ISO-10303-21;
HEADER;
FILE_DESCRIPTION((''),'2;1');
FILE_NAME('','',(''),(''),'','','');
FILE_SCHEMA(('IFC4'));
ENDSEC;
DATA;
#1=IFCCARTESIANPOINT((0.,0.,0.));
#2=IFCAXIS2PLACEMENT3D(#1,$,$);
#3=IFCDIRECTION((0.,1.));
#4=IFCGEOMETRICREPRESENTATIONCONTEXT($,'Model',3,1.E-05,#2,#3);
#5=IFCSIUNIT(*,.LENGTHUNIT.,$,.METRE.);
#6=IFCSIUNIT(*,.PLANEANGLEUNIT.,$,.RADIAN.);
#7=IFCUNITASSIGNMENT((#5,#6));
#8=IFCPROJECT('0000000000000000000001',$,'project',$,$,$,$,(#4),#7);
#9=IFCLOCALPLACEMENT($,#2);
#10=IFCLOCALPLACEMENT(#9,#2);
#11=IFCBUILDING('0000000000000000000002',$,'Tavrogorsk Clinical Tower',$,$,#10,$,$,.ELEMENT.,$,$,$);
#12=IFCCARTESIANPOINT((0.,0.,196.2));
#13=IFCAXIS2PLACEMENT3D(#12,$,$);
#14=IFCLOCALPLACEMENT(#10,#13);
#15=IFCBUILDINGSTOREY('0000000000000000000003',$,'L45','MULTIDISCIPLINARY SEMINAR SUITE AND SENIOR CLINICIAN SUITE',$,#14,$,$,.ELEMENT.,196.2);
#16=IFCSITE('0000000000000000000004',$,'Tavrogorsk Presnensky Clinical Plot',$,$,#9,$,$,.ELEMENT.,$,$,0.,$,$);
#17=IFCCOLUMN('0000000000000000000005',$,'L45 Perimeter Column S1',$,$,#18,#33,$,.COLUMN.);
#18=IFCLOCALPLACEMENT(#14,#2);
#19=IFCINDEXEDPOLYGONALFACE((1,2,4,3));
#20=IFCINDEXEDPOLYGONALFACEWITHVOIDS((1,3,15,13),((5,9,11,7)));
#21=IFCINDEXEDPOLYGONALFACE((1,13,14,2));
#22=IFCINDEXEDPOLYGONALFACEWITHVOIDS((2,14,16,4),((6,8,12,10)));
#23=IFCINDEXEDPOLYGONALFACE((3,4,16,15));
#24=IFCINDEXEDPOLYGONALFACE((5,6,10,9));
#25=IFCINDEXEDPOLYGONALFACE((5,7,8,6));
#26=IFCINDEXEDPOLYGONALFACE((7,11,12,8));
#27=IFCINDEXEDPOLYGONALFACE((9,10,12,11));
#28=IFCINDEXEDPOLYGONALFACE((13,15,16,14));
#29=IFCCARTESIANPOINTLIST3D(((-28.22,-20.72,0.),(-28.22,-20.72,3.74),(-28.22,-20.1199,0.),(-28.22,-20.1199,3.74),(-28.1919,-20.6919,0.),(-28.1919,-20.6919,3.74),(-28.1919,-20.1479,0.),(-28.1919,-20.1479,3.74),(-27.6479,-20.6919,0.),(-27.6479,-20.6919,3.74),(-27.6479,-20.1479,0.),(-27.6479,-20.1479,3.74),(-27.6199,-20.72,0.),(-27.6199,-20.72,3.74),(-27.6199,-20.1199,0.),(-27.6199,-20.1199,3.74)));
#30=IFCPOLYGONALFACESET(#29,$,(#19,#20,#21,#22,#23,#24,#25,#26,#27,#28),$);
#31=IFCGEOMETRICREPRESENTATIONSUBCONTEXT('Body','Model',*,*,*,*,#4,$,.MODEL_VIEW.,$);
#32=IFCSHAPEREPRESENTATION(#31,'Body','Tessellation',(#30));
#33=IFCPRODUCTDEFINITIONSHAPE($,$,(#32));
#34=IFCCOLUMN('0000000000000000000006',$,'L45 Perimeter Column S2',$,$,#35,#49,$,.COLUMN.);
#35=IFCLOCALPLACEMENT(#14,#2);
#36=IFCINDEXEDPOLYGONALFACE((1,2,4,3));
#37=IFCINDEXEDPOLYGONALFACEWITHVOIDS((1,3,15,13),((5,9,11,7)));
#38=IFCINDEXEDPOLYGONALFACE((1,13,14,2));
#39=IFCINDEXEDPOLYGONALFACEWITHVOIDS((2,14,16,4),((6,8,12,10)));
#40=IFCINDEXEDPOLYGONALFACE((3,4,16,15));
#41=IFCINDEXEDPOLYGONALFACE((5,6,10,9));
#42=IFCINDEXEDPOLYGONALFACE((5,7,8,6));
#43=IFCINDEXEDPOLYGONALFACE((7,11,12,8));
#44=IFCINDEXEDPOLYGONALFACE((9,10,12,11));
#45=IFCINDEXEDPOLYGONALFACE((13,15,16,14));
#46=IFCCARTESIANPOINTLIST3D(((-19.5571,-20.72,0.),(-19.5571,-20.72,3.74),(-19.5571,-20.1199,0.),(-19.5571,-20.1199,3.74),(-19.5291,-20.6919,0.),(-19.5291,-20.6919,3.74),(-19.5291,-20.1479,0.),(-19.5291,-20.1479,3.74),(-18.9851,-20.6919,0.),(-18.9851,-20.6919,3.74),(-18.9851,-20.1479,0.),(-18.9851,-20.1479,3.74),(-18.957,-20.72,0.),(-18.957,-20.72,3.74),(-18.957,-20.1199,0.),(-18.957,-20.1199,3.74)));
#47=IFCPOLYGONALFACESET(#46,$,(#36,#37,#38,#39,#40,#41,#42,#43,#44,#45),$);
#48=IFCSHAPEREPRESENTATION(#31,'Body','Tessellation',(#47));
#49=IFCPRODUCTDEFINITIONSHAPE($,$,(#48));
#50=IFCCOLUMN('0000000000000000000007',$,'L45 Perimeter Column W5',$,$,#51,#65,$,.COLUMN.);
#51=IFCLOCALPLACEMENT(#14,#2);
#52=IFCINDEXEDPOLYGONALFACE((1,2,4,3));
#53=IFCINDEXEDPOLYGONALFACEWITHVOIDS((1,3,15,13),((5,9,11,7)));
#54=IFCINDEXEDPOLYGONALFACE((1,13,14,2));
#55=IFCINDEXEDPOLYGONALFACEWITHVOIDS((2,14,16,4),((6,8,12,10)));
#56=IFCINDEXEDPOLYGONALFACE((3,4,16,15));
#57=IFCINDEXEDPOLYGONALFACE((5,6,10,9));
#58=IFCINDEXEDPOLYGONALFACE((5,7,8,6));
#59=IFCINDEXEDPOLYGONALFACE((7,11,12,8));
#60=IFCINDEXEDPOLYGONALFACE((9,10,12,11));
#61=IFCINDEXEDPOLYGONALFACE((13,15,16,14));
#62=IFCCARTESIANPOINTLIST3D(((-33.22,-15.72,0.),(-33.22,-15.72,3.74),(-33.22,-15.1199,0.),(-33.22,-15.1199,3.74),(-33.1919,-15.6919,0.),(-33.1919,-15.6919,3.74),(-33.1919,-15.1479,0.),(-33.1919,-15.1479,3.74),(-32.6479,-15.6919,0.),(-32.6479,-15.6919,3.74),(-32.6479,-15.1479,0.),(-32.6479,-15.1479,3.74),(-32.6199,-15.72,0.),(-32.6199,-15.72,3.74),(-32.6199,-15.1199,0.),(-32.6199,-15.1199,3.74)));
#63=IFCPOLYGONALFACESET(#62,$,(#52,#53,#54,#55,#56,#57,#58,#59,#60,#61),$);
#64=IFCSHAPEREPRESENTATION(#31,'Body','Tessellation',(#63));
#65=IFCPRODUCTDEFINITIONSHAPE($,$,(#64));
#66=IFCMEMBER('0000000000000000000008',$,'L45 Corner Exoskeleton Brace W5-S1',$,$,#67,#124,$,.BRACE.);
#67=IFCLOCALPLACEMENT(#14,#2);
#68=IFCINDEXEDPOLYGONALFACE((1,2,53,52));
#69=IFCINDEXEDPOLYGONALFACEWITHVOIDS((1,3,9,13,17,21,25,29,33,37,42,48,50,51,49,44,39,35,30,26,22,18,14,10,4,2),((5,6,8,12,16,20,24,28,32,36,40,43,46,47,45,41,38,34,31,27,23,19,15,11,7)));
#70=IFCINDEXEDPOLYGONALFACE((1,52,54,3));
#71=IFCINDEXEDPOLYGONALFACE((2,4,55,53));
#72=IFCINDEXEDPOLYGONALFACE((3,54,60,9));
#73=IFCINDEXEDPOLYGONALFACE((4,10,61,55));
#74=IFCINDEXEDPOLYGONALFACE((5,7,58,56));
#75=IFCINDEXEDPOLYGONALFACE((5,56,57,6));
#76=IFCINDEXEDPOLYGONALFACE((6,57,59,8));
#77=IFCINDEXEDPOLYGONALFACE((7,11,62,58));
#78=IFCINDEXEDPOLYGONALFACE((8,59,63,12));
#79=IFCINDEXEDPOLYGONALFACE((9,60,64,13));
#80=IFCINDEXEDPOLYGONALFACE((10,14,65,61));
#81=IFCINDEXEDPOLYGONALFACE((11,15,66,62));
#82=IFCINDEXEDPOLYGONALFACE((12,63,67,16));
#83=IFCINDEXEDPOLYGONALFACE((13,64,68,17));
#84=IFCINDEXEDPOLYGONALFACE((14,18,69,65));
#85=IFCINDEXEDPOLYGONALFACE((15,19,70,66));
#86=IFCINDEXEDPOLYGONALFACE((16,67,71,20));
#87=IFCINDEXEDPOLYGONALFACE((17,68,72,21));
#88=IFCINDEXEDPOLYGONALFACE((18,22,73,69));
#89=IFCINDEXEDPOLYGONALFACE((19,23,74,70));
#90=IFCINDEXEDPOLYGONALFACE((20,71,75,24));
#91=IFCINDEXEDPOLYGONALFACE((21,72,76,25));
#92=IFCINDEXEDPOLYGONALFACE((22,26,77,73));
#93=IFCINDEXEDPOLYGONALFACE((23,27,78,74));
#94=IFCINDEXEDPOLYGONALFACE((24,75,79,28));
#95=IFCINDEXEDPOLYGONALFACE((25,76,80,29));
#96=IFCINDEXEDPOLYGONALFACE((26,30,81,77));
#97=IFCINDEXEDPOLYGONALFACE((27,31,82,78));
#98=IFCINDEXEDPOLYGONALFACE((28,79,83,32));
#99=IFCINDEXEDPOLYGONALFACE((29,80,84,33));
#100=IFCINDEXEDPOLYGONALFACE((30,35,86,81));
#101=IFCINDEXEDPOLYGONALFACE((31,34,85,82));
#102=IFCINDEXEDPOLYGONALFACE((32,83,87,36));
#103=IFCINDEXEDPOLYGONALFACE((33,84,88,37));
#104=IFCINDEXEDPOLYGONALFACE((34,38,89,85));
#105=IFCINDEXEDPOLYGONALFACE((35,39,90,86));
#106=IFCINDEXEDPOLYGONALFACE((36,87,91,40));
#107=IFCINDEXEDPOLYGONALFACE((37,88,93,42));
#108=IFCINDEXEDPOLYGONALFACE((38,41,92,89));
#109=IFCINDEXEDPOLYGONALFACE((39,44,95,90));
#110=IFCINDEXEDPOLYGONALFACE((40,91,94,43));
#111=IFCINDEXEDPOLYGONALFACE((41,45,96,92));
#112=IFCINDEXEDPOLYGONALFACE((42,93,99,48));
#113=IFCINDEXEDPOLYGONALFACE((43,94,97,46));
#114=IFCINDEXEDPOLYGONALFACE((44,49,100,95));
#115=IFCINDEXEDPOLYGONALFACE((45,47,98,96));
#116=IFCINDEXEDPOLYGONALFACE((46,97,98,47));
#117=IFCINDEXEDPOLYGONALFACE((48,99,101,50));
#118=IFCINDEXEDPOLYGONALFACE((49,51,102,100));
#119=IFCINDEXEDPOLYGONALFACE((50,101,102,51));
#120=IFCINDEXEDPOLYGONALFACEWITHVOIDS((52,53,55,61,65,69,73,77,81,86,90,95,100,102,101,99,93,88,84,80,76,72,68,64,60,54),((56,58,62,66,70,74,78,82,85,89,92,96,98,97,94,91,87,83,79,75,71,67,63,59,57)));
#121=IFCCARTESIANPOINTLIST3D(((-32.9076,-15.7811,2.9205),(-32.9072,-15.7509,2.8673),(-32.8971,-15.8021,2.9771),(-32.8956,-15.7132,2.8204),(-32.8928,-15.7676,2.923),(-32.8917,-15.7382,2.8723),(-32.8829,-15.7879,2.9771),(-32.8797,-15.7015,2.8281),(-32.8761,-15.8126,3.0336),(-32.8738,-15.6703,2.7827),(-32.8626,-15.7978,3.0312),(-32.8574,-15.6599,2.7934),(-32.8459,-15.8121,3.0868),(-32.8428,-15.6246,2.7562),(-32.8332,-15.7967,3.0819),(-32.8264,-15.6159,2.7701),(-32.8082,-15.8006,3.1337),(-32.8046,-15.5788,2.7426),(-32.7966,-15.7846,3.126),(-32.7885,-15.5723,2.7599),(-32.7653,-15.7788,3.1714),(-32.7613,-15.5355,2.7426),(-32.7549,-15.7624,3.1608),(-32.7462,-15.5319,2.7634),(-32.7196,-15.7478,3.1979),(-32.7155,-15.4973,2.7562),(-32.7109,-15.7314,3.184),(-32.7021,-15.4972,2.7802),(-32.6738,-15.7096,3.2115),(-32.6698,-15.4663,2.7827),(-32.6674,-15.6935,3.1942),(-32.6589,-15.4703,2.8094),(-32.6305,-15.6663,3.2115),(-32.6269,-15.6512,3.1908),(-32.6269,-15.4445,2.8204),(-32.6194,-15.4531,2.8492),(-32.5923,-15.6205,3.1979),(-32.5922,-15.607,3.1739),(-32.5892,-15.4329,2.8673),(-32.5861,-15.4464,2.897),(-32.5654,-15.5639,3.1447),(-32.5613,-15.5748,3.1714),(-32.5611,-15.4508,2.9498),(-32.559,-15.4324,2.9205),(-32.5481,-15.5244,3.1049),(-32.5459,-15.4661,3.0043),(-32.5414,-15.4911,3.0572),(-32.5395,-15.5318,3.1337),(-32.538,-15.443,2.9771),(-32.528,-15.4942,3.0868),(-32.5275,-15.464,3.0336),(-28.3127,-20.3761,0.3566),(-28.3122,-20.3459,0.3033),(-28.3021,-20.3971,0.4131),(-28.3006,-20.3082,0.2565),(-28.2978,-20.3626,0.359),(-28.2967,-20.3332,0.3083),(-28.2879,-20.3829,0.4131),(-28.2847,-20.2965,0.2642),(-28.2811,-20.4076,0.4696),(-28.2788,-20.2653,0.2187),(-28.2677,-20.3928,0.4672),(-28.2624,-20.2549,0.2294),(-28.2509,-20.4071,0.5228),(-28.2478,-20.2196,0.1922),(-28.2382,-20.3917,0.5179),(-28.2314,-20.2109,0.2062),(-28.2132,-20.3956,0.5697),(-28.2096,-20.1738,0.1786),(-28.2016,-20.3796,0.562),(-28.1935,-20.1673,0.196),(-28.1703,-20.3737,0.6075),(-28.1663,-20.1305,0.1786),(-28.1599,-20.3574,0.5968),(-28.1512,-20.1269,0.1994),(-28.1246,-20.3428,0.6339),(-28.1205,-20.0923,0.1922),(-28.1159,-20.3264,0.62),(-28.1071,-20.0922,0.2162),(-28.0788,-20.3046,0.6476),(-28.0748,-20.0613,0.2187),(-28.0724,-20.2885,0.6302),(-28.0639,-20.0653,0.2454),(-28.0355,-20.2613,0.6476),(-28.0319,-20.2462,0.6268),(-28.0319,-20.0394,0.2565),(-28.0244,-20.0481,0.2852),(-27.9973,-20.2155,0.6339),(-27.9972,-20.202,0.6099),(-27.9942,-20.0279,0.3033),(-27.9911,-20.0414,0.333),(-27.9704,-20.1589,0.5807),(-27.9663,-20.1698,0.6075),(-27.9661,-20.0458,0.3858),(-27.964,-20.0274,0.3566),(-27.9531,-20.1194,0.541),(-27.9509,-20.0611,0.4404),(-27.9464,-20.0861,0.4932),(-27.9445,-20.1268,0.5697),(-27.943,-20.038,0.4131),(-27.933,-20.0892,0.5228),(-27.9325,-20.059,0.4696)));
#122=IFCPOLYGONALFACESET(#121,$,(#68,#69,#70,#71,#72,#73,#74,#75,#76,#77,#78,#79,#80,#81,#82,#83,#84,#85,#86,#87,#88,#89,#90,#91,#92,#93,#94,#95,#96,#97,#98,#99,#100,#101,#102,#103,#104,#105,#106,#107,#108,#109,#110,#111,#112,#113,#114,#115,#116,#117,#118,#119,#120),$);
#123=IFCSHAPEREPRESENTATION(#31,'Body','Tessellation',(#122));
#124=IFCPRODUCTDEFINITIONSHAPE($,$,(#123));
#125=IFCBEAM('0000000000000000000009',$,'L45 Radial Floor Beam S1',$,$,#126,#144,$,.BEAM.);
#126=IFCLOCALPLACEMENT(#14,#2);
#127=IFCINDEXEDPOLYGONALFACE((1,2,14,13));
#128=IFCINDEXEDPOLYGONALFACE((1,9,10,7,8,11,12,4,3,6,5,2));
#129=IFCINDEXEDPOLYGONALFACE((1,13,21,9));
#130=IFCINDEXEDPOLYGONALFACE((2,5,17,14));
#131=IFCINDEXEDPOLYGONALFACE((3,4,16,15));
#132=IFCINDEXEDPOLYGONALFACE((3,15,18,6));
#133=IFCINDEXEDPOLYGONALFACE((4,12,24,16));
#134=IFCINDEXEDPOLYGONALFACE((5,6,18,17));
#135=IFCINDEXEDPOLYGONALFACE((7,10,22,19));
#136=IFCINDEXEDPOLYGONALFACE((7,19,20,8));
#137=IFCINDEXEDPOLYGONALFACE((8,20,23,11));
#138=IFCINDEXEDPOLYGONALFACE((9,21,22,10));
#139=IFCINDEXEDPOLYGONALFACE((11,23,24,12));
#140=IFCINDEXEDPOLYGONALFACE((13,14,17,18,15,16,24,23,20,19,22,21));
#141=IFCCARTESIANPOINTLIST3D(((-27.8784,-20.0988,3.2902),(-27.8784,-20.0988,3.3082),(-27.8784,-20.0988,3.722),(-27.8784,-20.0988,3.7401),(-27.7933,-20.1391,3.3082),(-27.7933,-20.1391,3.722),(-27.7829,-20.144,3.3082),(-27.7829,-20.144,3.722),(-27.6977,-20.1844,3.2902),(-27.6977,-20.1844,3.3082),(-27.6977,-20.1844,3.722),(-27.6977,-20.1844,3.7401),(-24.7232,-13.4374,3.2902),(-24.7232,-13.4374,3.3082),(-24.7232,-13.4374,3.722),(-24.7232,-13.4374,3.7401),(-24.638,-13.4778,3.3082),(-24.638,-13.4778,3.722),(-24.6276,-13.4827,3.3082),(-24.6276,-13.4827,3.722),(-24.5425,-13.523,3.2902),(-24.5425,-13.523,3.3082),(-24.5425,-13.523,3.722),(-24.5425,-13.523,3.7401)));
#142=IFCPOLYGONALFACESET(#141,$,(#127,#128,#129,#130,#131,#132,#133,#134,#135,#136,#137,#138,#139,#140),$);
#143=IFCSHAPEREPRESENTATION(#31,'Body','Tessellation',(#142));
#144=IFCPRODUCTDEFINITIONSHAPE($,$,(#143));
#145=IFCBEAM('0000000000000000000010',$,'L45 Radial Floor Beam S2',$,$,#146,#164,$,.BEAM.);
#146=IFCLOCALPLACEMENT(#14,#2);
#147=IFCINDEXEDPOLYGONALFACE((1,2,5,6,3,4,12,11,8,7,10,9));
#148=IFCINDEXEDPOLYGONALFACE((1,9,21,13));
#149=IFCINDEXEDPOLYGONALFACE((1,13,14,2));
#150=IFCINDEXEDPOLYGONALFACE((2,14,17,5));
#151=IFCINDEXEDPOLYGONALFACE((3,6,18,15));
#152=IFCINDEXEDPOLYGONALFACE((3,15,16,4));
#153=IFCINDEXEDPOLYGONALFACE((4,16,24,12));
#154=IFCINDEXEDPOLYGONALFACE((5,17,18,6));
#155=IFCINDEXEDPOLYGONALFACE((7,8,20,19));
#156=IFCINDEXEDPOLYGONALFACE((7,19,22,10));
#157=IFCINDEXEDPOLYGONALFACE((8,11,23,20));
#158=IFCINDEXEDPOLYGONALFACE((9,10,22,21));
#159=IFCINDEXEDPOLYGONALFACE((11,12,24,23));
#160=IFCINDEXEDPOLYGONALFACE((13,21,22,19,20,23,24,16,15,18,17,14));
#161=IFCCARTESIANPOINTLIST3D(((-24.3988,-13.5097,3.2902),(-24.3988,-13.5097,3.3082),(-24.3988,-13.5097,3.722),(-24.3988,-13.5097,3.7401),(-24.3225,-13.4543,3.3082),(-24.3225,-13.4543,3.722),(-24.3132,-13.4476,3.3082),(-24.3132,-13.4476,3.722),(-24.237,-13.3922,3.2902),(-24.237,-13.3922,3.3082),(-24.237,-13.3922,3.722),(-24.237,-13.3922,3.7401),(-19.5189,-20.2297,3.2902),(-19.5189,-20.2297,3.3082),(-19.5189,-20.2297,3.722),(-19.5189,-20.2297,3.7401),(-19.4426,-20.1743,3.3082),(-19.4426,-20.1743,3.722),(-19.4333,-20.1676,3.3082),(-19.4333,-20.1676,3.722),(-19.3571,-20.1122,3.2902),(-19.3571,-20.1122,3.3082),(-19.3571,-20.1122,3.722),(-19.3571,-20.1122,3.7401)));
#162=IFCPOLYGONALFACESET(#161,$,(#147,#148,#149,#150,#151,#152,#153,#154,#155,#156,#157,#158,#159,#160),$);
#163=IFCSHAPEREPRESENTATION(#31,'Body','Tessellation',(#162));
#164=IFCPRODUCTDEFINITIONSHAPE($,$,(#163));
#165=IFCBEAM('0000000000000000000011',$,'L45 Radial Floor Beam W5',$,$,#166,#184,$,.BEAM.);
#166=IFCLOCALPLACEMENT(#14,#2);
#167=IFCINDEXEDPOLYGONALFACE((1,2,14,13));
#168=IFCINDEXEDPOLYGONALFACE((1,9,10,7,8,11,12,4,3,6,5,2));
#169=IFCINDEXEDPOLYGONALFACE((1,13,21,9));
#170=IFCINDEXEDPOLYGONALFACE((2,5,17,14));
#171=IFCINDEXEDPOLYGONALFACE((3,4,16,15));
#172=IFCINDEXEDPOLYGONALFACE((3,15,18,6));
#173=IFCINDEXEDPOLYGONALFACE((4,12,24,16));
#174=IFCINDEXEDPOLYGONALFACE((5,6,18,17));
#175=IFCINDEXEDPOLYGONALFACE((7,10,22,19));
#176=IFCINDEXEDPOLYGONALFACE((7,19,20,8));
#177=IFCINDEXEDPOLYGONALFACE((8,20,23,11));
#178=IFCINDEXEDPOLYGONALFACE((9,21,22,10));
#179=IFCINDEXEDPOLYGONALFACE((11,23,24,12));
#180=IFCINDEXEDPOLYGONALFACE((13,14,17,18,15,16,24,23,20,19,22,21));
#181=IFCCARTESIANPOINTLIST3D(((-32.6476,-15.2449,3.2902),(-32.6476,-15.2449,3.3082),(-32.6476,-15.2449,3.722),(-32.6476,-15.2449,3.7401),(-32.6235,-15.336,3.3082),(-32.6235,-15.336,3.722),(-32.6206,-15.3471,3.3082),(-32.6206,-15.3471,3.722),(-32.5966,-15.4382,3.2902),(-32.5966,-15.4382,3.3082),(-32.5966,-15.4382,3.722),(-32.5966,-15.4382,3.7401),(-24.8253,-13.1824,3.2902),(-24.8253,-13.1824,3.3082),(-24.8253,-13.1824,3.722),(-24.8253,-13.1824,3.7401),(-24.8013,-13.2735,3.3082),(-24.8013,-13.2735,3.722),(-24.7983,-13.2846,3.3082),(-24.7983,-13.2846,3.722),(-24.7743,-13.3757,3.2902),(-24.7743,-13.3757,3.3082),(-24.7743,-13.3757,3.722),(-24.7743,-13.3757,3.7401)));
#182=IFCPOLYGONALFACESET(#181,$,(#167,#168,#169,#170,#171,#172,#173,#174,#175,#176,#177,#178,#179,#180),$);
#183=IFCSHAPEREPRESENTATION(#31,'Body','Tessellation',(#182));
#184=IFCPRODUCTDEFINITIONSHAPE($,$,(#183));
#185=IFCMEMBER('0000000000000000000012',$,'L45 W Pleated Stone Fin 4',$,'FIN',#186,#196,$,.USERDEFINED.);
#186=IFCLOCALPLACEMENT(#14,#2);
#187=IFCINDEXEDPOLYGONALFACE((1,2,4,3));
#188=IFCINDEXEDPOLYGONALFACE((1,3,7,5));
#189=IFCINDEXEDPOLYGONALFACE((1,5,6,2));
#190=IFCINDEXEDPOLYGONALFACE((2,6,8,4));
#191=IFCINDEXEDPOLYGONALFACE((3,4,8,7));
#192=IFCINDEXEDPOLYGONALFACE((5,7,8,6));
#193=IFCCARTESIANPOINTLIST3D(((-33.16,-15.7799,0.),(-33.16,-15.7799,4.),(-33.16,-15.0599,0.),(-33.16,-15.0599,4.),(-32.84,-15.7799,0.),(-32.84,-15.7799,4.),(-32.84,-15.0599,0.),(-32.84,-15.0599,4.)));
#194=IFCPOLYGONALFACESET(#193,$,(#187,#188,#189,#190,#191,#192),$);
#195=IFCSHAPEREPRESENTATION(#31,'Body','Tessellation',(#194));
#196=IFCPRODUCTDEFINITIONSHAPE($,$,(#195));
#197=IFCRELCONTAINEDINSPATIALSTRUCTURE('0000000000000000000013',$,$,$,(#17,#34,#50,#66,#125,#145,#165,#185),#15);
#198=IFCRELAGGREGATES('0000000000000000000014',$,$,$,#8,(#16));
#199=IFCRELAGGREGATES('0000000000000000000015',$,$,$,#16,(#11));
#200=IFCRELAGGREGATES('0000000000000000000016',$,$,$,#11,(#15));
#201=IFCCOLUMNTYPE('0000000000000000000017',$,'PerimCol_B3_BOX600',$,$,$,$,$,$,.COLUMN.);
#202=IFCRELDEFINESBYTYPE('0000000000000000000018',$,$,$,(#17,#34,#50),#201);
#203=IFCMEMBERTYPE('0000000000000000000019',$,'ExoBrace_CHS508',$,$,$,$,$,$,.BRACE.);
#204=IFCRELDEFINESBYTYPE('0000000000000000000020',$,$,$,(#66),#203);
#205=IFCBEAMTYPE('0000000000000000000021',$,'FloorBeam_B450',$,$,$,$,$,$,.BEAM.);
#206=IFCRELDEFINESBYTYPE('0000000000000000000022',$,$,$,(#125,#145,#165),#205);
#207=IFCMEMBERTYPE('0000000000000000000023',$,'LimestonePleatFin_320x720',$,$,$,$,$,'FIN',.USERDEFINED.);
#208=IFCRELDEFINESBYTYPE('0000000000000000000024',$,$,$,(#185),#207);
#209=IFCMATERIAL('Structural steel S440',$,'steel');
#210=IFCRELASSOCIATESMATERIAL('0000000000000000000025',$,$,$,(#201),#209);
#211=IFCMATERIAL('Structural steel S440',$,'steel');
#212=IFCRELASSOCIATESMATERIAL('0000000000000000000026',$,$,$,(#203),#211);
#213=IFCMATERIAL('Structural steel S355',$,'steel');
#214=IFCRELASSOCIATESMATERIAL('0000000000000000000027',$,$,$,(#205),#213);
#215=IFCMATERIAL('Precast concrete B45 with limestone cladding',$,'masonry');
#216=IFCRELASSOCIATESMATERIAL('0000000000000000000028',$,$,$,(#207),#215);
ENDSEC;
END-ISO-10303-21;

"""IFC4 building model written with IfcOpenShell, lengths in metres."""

from ifc_helpers import new_model, si_unit, direction, frame, origin, origin_2d, place, context, subcontext, project, spatial, rectangle, hollow_rectangle, hollow_circle, i_section, extrude, material, material_profile, profile_set, type_object, element, save


model = new_model("IFC4")

# Units and contexts
model_context = context("Model", 3, precision=1e-05, world=origin(), true_north=direction((0.0, 1.0)))
body_context = subcontext(model_context, "Body", "Model", "MODEL_VIEW")
ifc_project = project(units=[si_unit("LENGTHUNIT", "METRE"), si_unit("PLANEANGLEUNIT", "RADIAN")], contexts=[model_context])

# Site, building, storey
site_placement = place(None, origin())
site = spatial("IfcSite", under=ifc_project, at=site_placement, Name="Tavrogorsk Presnensky Clinical Plot", CompositionType="ELEMENT", RefElevation=0.0)
building_placement = place(site_placement, origin())
building = spatial("IfcBuilding", under=site, at=building_placement, Name="Tavrogorsk Clinical Tower", CompositionType="ELEMENT")
storey_placement = place(building_placement, frame((0.0, 0.0, 196.2)))
storey = spatial("IfcBuildingStorey", under=building, at=storey_placement, Name="L45", Description="MULTIDISCIPLINARY SEMINAR SUITE AND SENIOR CLINICIAN SUITE", CompositionType="ELEMENT", Elevation=196.2)

# Columns
ifc_material_1 = material(Name="Structural steel S440", Category="steel")
ifc_material_profile_1 = material_profile(ifc_material_1, hollow_rectangle(XDim=0.6001, YDim=0.6001, WallThickness=0.0281, at=origin_2d()), Name="BOX-600x600x28")
ifc_profile_set_1 = profile_set([ifc_material_profile_1], Name="Structural steel S440")
column_type = type_object("IfcColumnType", Name="PerimCol_B3_BOX600", PredefinedType="COLUMN", material=ifc_profile_set_1)
for number, where, z_axis, x_axis, name in (
    (1, (-27.9199, -20.4199, 0.0), (0.0, 0.0, 1.0), (1.0, 0.0, 0.0), "L45 Perimeter Column S1"),
    (2, (-19.2571, -20.4199, 0.0), (0.0, 0.0, 1.0), (1.0, 0.0, 0.0), "L45 Perimeter Column S2"),
    (3, (-32.9199, -15.4199, 0.0), (0.0, 0.0, 1.0), (1.0, 0.0, 0.0), "L45 Perimeter Column W5"),
):
    element("IfcColumn", number, at=place(storey_placement, frame(where, z_axis=z_axis, x_axis=x_axis)), inside=storey, type_object=column_type, Name=name, PredefinedType="COLUMN", context=body_context, shape_type="SweptSolid", body=[
        extrude(hollow_rectangle(XDim=0.6001, YDim=0.6001, WallThickness=0.0281, at=origin_2d()), origin(), (0.0, 0.0, 1.0), 3.74),
    ])

# Member
ifc_material_2 = material(Name="Structural steel S440", Category="steel")
ifc_material_profile_2 = material_profile(ifc_material_2, hollow_circle(Radius=0.2539, WallThickness=0.02, at=origin_2d()), Name="CHS-508x20")
ifc_profile_set_2 = profile_set([ifc_material_profile_2], Name="Structural steel S440")
member_type_1 = type_object("IfcMemberType", Name="ExoBrace_CHS508", PredefinedType="BRACE", material=ifc_profile_set_2)
member_1_placement = place(storey_placement, frame((-28.1226, -20.2175, 0.4131), z_axis=(-0.657759, 0.657759, 0.367025), x_axis=(-0.707107, -0.707107, 0.0)))
element("IfcMember", 4, at=member_1_placement, inside=storey, type_object=member_type_1, Name="L45 Corner Exoskeleton Brace W5-S1", PredefinedType="BRACE", context=body_context, shape_type="SweptSolid", body=[
    extrude(hollow_circle(Radius=0.2539, WallThickness=0.02, at=origin_2d()), origin(), (0.0, 0.0, 1.0), 6.9858),
])

# Beams
ifc_material_3 = material(Name="Structural steel S355", Category="steel")
ifc_material_profile_3 = material_profile(ifc_material_3, i_section(OverallWidth=0.2, OverallDepth=0.45, WebThickness=0.0115, FlangeThickness=0.0181, at=origin_2d()), Name="B-450x200x11.5x18")
ifc_profile_set_3 = profile_set([ifc_material_profile_3], Name="Structural steel S355")
beam_type_1 = type_object("IfcBeamType", Name="FloorBeam_B450", PredefinedType="BEAM", material=ifc_profile_set_3)
beam_1_placement = place(storey_placement, frame((-24.6328, -13.4802, 3.5151), z_axis=(-0.428074, -0.903744, 0.0), x_axis=(0.903744, -0.428074, 0.0)))
element("IfcBeam", 5, at=beam_1_placement, inside=storey, type_object=beam_type_1, Name="L45 Radial Floor Beam S1", PredefinedType="BEAM", context=body_context, shape_type="SweptSolid", body=[
    extrude(i_section(OverallWidth=0.2, OverallDepth=0.45, WebThickness=0.0115, FlangeThickness=0.0181, at=origin_2d()), origin(), (0.0, 0.0, 1.0), 7.3708),
])
beam_2_placement = place(storey_placement, frame((-24.3179, -13.4509, 3.5151), z_axis=(0.587591, -0.809158, 0.0), x_axis=(0.809158, 0.587591, 0.0)))
element("IfcBeam", 6, at=beam_2_placement, inside=storey, type_object=beam_type_1, Name="L45 Radial Floor Beam S2", PredefinedType="BEAM", context=body_context, shape_type="SweptSolid", body=[
    extrude(i_section(OverallWidth=0.2, OverallDepth=0.45, WebThickness=0.0115, FlangeThickness=0.0181, at=origin_2d()), origin(), (0.0, 0.0, 1.0), 8.3049),
])
beam_3_placement = place(storey_placement, frame((-24.7998, -13.2791, 3.5151), z_axis=(-0.966952, -0.254957, 0.0), x_axis=(0.254957, -0.966952, 0.0)))
element("IfcBeam", 7, at=beam_3_placement, inside=storey, type_object=beam_type_1, Name="L45 Radial Floor Beam W5", PredefinedType="BEAM", context=body_context, shape_type="SweptSolid", body=[
    extrude(i_section(OverallWidth=0.2, OverallDepth=0.45, WebThickness=0.0115, FlangeThickness=0.0181, at=origin_2d()), origin(), (0.0, 0.0, 1.0), 8.0896),
])

# Member
ifc_material_4 = material(Name="Precast concrete B45 with limestone cladding", Category="masonry")
ifc_material_profile_4 = material_profile(ifc_material_4, rectangle(XDim=0.3201, YDim=0.72, at=origin_2d()), Name="LIMESTONE-FIN-320x720")
ifc_profile_set_4 = profile_set([ifc_material_profile_4], Name="Precast concrete B45 with limestone cladding")
member_type_2 = type_object("IfcMemberType", Name="LimestonePleatFin_320x720", ElementType="FIN", PredefinedType="USERDEFINED", material=ifc_profile_set_4)
member_2_placement = place(storey_placement, frame((-33.0, -15.4199, 0.0), z_axis=(0.0, 0.0, 1.0), x_axis=(1.0, 0.0, 0.0)))
element("IfcMember", 8, at=member_2_placement, inside=storey, type_object=member_type_2, Name="L45 W Pleated Stone Fin 4", ObjectType="FIN", PredefinedType="USERDEFINED", context=body_context, shape_type="SweptSolid", body=[
    extrude(rectangle(XDim=0.3201, YDim=0.72, at=origin_2d()), origin(), (0.0, 0.0, 1.0), 4.0),
])

save(model, "model.ifc")
